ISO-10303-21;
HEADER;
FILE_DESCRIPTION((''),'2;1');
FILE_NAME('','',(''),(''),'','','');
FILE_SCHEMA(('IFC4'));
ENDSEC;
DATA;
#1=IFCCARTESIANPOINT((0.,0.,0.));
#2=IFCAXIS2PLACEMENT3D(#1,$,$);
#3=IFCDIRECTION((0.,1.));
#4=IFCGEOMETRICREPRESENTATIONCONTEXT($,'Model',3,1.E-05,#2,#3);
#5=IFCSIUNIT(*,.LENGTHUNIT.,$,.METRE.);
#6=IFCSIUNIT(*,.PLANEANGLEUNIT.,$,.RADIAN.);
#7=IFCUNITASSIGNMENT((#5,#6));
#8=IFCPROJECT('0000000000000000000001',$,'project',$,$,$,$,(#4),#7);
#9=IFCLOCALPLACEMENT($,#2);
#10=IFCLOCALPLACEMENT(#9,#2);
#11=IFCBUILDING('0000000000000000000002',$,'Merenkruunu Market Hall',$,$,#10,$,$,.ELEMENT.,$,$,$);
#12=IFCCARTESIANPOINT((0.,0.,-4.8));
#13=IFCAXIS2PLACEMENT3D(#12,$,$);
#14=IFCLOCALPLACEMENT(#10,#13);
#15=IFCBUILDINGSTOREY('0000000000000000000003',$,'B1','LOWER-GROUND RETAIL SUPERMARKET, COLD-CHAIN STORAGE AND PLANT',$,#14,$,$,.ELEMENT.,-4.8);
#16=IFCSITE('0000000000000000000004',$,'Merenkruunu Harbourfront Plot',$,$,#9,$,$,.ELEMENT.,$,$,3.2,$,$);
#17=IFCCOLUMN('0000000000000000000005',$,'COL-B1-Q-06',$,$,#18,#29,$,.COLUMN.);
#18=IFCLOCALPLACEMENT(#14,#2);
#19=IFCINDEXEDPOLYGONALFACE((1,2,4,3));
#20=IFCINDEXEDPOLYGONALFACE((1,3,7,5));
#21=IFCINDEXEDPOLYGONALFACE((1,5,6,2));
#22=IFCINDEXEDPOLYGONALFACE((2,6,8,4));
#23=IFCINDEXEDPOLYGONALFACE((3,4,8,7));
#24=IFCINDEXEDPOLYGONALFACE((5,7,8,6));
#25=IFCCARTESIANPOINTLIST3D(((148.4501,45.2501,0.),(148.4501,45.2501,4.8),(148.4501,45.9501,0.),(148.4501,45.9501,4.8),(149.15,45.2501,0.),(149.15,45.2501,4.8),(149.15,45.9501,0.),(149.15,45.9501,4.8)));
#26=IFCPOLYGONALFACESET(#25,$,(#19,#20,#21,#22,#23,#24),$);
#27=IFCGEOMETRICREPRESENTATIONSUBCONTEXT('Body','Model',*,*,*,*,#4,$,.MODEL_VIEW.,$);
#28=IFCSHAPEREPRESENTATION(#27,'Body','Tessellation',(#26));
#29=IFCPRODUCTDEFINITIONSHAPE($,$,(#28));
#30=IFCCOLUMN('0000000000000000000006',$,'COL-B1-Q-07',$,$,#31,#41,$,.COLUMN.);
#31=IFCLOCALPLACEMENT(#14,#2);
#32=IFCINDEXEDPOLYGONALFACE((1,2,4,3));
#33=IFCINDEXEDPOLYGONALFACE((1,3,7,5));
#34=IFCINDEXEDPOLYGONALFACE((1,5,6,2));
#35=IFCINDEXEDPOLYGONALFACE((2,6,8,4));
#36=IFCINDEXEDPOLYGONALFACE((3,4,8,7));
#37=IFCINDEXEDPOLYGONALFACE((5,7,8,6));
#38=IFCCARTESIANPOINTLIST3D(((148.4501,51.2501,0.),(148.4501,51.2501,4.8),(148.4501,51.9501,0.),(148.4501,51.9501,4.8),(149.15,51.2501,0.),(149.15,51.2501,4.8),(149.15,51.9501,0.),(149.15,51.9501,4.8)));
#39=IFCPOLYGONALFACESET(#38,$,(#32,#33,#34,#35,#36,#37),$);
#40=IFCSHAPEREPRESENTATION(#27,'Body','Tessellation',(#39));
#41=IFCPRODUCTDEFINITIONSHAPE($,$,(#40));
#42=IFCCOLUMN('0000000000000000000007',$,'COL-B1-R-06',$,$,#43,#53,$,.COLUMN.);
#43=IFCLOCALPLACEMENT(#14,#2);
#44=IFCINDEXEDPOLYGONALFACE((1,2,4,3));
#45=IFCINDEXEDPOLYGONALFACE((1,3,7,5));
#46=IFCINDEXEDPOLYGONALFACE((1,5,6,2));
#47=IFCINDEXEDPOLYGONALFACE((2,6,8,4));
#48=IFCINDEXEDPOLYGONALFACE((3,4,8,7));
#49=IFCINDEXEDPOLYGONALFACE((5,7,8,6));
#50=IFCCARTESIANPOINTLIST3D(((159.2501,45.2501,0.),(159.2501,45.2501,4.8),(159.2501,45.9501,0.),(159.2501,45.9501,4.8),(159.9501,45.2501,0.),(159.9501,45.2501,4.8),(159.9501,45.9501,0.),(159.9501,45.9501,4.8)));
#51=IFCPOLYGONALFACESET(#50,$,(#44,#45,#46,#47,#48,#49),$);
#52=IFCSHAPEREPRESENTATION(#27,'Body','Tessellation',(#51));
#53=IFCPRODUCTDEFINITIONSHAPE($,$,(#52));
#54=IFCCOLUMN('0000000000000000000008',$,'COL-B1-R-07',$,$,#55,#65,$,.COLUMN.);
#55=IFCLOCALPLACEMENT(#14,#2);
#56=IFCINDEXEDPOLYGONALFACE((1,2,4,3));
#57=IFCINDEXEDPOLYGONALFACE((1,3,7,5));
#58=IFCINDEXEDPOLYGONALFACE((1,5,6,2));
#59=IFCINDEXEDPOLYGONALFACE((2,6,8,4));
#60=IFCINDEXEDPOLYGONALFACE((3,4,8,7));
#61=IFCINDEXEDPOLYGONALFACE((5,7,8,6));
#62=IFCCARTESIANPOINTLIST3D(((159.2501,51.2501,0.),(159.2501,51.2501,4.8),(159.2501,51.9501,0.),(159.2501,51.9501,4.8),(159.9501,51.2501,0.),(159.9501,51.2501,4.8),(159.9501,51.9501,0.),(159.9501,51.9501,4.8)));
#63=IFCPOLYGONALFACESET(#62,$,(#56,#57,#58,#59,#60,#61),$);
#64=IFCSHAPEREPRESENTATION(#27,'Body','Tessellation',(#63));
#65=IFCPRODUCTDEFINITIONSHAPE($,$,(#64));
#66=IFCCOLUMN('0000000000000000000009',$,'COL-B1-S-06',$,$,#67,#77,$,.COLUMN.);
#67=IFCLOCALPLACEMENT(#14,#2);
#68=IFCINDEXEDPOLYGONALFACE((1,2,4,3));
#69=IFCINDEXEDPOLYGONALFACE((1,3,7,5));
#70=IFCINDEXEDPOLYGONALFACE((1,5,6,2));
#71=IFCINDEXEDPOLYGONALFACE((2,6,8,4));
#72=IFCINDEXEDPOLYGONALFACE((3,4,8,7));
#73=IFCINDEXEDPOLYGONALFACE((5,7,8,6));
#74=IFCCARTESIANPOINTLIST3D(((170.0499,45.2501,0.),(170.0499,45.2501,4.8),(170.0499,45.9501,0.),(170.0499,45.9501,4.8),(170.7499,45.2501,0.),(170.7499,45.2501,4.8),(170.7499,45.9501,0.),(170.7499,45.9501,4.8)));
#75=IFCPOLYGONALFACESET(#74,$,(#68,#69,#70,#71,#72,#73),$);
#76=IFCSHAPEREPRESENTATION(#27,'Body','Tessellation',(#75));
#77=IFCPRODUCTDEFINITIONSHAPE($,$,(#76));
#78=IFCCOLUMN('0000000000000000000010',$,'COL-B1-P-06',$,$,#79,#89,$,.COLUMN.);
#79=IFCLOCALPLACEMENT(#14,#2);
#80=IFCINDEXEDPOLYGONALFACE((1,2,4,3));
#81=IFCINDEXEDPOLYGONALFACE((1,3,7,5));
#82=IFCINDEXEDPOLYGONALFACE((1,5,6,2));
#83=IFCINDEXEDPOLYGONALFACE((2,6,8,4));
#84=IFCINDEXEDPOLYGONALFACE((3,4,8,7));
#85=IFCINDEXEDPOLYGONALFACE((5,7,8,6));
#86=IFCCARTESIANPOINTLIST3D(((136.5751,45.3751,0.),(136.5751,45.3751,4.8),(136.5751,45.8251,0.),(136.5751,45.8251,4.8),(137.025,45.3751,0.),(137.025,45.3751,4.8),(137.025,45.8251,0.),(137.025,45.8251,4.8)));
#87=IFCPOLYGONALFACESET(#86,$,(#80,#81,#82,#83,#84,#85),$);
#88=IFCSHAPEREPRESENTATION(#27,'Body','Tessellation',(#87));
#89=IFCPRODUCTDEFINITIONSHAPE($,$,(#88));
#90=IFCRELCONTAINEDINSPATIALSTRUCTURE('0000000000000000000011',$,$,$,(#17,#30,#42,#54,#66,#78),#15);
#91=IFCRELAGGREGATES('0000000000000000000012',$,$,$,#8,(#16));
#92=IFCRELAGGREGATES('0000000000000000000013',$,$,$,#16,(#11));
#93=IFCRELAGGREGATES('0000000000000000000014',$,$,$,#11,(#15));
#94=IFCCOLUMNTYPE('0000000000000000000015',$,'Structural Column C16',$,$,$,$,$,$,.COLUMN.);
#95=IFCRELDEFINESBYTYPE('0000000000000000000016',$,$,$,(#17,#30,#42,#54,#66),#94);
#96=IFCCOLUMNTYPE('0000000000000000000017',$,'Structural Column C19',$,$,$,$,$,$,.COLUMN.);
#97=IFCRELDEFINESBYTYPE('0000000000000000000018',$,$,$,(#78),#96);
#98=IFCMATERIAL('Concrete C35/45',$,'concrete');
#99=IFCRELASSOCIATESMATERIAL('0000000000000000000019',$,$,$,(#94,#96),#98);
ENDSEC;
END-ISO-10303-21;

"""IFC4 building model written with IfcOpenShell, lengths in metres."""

from ifc_helpers import new_model, si_unit, direction, frame, origin, origin_2d, place, context, subcontext, project, spatial, rectangle, extrude, material, material_profile, profile_set, type_object, element, save


model = new_model("IFC4")

# Units and contexts
model_context = context("Model", 3, precision=1e-05, world=origin(), true_north=direction((0.0, 1.0)))
body_context = subcontext(model_context, "Body", "Model", "MODEL_VIEW")
ifc_project = project(units=[si_unit("LENGTHUNIT", "METRE"), si_unit("PLANEANGLEUNIT", "RADIAN")], contexts=[model_context])

# Site, building, storey
site_placement = place(None, origin())
site = spatial("IfcSite", under=ifc_project, at=site_placement, Name="Merenkruunu Harbourfront Plot", CompositionType="ELEMENT", RefElevation=3.2)
building_placement = place(site_placement, origin())
building = spatial("IfcBuilding", under=site, at=building_placement, Name="Merenkruunu Market Hall", CompositionType="ELEMENT")
storey_placement = place(building_placement, frame((0.0, 0.0, -4.8)))
storey = spatial("IfcBuildingStorey", under=building, at=storey_placement, Name="B1", Description="LOWER-GROUND RETAIL SUPERMARKET, COLD-CHAIN STORAGE AND PLANT", CompositionType="ELEMENT", Elevation=-4.8)

# Shared definitions
ifc_material = material(Name="Concrete C35/45", Category="concrete")

# Columns
ifc_material_profile_1 = material_profile(ifc_material, rectangle(XDim=0.7, YDim=0.7, at=origin_2d()), Name="RC 700x700")
ifc_profile_set_1 = profile_set([ifc_material_profile_1], Name="Concrete C35/45")
column_type_1 = type_object("IfcColumnType", Name="Structural Column C16", PredefinedType="COLUMN", material=ifc_profile_set_1)
for number, where, z_axis, x_axis, name in (
    (1, (148.8, 45.6001, 0.0), (0.0, 0.0, 1.0), (1.0, 0.0, 0.0), "COL-B1-Q-06"),
    (2, (148.8, 51.6001, 0.0), (0.0, 0.0, 1.0), (1.0, 0.0, 0.0), "COL-B1-Q-07"),
    (3, (159.6001, 45.6001, 0.0), (0.0, 0.0, 1.0), (1.0, 0.0, 0.0), "COL-B1-R-06"),
    (4, (159.6001, 51.6001, 0.0), (0.0, 0.0, 1.0), (1.0, 0.0, 0.0), "COL-B1-R-07"),
    (5, (170.3999, 45.6001, 0.0), (0.0, 0.0, 1.0), (1.0, 0.0, 0.0), "COL-B1-S-06"),
):
    element("IfcColumn", number, at=place(storey_placement, frame(where, z_axis=z_axis, x_axis=x_axis)), inside=storey, type_object=column_type_1, Name=name, PredefinedType="COLUMN", context=body_context, shape_type="SweptSolid", body=[
        extrude(rectangle(XDim=0.7, YDim=0.7, at=origin_2d()), origin(), (0.0, 0.0, 1.0), 4.8),
    ])
ifc_material_profile_2 = material_profile(ifc_material, rectangle(XDim=0.45, YDim=0.45, at=origin_2d()), Name="RC 450x450")
ifc_profile_set_2 = profile_set([ifc_material_profile_2], Name="Concrete C35/45")
column_type_2 = type_object("IfcColumnType", Name="Structural Column C19", PredefinedType="COLUMN", material=ifc_profile_set_2)
column_placement = place(storey_placement, frame((136.8, 45.6001, 0.0), z_axis=(0.0, 0.0, 1.0), x_axis=(1.0, 0.0, 0.0)))
element("IfcColumn", 6, at=column_placement, inside=storey, type_object=column_type_2, Name="COL-B1-P-06", PredefinedType="COLUMN", context=body_context, shape_type="SweptSolid", body=[
    extrude(rectangle(XDim=0.45, YDim=0.45, at=origin_2d()), origin(), (0.0, 0.0, 1.0), 4.8),
])

save(model, "model.ifc")
